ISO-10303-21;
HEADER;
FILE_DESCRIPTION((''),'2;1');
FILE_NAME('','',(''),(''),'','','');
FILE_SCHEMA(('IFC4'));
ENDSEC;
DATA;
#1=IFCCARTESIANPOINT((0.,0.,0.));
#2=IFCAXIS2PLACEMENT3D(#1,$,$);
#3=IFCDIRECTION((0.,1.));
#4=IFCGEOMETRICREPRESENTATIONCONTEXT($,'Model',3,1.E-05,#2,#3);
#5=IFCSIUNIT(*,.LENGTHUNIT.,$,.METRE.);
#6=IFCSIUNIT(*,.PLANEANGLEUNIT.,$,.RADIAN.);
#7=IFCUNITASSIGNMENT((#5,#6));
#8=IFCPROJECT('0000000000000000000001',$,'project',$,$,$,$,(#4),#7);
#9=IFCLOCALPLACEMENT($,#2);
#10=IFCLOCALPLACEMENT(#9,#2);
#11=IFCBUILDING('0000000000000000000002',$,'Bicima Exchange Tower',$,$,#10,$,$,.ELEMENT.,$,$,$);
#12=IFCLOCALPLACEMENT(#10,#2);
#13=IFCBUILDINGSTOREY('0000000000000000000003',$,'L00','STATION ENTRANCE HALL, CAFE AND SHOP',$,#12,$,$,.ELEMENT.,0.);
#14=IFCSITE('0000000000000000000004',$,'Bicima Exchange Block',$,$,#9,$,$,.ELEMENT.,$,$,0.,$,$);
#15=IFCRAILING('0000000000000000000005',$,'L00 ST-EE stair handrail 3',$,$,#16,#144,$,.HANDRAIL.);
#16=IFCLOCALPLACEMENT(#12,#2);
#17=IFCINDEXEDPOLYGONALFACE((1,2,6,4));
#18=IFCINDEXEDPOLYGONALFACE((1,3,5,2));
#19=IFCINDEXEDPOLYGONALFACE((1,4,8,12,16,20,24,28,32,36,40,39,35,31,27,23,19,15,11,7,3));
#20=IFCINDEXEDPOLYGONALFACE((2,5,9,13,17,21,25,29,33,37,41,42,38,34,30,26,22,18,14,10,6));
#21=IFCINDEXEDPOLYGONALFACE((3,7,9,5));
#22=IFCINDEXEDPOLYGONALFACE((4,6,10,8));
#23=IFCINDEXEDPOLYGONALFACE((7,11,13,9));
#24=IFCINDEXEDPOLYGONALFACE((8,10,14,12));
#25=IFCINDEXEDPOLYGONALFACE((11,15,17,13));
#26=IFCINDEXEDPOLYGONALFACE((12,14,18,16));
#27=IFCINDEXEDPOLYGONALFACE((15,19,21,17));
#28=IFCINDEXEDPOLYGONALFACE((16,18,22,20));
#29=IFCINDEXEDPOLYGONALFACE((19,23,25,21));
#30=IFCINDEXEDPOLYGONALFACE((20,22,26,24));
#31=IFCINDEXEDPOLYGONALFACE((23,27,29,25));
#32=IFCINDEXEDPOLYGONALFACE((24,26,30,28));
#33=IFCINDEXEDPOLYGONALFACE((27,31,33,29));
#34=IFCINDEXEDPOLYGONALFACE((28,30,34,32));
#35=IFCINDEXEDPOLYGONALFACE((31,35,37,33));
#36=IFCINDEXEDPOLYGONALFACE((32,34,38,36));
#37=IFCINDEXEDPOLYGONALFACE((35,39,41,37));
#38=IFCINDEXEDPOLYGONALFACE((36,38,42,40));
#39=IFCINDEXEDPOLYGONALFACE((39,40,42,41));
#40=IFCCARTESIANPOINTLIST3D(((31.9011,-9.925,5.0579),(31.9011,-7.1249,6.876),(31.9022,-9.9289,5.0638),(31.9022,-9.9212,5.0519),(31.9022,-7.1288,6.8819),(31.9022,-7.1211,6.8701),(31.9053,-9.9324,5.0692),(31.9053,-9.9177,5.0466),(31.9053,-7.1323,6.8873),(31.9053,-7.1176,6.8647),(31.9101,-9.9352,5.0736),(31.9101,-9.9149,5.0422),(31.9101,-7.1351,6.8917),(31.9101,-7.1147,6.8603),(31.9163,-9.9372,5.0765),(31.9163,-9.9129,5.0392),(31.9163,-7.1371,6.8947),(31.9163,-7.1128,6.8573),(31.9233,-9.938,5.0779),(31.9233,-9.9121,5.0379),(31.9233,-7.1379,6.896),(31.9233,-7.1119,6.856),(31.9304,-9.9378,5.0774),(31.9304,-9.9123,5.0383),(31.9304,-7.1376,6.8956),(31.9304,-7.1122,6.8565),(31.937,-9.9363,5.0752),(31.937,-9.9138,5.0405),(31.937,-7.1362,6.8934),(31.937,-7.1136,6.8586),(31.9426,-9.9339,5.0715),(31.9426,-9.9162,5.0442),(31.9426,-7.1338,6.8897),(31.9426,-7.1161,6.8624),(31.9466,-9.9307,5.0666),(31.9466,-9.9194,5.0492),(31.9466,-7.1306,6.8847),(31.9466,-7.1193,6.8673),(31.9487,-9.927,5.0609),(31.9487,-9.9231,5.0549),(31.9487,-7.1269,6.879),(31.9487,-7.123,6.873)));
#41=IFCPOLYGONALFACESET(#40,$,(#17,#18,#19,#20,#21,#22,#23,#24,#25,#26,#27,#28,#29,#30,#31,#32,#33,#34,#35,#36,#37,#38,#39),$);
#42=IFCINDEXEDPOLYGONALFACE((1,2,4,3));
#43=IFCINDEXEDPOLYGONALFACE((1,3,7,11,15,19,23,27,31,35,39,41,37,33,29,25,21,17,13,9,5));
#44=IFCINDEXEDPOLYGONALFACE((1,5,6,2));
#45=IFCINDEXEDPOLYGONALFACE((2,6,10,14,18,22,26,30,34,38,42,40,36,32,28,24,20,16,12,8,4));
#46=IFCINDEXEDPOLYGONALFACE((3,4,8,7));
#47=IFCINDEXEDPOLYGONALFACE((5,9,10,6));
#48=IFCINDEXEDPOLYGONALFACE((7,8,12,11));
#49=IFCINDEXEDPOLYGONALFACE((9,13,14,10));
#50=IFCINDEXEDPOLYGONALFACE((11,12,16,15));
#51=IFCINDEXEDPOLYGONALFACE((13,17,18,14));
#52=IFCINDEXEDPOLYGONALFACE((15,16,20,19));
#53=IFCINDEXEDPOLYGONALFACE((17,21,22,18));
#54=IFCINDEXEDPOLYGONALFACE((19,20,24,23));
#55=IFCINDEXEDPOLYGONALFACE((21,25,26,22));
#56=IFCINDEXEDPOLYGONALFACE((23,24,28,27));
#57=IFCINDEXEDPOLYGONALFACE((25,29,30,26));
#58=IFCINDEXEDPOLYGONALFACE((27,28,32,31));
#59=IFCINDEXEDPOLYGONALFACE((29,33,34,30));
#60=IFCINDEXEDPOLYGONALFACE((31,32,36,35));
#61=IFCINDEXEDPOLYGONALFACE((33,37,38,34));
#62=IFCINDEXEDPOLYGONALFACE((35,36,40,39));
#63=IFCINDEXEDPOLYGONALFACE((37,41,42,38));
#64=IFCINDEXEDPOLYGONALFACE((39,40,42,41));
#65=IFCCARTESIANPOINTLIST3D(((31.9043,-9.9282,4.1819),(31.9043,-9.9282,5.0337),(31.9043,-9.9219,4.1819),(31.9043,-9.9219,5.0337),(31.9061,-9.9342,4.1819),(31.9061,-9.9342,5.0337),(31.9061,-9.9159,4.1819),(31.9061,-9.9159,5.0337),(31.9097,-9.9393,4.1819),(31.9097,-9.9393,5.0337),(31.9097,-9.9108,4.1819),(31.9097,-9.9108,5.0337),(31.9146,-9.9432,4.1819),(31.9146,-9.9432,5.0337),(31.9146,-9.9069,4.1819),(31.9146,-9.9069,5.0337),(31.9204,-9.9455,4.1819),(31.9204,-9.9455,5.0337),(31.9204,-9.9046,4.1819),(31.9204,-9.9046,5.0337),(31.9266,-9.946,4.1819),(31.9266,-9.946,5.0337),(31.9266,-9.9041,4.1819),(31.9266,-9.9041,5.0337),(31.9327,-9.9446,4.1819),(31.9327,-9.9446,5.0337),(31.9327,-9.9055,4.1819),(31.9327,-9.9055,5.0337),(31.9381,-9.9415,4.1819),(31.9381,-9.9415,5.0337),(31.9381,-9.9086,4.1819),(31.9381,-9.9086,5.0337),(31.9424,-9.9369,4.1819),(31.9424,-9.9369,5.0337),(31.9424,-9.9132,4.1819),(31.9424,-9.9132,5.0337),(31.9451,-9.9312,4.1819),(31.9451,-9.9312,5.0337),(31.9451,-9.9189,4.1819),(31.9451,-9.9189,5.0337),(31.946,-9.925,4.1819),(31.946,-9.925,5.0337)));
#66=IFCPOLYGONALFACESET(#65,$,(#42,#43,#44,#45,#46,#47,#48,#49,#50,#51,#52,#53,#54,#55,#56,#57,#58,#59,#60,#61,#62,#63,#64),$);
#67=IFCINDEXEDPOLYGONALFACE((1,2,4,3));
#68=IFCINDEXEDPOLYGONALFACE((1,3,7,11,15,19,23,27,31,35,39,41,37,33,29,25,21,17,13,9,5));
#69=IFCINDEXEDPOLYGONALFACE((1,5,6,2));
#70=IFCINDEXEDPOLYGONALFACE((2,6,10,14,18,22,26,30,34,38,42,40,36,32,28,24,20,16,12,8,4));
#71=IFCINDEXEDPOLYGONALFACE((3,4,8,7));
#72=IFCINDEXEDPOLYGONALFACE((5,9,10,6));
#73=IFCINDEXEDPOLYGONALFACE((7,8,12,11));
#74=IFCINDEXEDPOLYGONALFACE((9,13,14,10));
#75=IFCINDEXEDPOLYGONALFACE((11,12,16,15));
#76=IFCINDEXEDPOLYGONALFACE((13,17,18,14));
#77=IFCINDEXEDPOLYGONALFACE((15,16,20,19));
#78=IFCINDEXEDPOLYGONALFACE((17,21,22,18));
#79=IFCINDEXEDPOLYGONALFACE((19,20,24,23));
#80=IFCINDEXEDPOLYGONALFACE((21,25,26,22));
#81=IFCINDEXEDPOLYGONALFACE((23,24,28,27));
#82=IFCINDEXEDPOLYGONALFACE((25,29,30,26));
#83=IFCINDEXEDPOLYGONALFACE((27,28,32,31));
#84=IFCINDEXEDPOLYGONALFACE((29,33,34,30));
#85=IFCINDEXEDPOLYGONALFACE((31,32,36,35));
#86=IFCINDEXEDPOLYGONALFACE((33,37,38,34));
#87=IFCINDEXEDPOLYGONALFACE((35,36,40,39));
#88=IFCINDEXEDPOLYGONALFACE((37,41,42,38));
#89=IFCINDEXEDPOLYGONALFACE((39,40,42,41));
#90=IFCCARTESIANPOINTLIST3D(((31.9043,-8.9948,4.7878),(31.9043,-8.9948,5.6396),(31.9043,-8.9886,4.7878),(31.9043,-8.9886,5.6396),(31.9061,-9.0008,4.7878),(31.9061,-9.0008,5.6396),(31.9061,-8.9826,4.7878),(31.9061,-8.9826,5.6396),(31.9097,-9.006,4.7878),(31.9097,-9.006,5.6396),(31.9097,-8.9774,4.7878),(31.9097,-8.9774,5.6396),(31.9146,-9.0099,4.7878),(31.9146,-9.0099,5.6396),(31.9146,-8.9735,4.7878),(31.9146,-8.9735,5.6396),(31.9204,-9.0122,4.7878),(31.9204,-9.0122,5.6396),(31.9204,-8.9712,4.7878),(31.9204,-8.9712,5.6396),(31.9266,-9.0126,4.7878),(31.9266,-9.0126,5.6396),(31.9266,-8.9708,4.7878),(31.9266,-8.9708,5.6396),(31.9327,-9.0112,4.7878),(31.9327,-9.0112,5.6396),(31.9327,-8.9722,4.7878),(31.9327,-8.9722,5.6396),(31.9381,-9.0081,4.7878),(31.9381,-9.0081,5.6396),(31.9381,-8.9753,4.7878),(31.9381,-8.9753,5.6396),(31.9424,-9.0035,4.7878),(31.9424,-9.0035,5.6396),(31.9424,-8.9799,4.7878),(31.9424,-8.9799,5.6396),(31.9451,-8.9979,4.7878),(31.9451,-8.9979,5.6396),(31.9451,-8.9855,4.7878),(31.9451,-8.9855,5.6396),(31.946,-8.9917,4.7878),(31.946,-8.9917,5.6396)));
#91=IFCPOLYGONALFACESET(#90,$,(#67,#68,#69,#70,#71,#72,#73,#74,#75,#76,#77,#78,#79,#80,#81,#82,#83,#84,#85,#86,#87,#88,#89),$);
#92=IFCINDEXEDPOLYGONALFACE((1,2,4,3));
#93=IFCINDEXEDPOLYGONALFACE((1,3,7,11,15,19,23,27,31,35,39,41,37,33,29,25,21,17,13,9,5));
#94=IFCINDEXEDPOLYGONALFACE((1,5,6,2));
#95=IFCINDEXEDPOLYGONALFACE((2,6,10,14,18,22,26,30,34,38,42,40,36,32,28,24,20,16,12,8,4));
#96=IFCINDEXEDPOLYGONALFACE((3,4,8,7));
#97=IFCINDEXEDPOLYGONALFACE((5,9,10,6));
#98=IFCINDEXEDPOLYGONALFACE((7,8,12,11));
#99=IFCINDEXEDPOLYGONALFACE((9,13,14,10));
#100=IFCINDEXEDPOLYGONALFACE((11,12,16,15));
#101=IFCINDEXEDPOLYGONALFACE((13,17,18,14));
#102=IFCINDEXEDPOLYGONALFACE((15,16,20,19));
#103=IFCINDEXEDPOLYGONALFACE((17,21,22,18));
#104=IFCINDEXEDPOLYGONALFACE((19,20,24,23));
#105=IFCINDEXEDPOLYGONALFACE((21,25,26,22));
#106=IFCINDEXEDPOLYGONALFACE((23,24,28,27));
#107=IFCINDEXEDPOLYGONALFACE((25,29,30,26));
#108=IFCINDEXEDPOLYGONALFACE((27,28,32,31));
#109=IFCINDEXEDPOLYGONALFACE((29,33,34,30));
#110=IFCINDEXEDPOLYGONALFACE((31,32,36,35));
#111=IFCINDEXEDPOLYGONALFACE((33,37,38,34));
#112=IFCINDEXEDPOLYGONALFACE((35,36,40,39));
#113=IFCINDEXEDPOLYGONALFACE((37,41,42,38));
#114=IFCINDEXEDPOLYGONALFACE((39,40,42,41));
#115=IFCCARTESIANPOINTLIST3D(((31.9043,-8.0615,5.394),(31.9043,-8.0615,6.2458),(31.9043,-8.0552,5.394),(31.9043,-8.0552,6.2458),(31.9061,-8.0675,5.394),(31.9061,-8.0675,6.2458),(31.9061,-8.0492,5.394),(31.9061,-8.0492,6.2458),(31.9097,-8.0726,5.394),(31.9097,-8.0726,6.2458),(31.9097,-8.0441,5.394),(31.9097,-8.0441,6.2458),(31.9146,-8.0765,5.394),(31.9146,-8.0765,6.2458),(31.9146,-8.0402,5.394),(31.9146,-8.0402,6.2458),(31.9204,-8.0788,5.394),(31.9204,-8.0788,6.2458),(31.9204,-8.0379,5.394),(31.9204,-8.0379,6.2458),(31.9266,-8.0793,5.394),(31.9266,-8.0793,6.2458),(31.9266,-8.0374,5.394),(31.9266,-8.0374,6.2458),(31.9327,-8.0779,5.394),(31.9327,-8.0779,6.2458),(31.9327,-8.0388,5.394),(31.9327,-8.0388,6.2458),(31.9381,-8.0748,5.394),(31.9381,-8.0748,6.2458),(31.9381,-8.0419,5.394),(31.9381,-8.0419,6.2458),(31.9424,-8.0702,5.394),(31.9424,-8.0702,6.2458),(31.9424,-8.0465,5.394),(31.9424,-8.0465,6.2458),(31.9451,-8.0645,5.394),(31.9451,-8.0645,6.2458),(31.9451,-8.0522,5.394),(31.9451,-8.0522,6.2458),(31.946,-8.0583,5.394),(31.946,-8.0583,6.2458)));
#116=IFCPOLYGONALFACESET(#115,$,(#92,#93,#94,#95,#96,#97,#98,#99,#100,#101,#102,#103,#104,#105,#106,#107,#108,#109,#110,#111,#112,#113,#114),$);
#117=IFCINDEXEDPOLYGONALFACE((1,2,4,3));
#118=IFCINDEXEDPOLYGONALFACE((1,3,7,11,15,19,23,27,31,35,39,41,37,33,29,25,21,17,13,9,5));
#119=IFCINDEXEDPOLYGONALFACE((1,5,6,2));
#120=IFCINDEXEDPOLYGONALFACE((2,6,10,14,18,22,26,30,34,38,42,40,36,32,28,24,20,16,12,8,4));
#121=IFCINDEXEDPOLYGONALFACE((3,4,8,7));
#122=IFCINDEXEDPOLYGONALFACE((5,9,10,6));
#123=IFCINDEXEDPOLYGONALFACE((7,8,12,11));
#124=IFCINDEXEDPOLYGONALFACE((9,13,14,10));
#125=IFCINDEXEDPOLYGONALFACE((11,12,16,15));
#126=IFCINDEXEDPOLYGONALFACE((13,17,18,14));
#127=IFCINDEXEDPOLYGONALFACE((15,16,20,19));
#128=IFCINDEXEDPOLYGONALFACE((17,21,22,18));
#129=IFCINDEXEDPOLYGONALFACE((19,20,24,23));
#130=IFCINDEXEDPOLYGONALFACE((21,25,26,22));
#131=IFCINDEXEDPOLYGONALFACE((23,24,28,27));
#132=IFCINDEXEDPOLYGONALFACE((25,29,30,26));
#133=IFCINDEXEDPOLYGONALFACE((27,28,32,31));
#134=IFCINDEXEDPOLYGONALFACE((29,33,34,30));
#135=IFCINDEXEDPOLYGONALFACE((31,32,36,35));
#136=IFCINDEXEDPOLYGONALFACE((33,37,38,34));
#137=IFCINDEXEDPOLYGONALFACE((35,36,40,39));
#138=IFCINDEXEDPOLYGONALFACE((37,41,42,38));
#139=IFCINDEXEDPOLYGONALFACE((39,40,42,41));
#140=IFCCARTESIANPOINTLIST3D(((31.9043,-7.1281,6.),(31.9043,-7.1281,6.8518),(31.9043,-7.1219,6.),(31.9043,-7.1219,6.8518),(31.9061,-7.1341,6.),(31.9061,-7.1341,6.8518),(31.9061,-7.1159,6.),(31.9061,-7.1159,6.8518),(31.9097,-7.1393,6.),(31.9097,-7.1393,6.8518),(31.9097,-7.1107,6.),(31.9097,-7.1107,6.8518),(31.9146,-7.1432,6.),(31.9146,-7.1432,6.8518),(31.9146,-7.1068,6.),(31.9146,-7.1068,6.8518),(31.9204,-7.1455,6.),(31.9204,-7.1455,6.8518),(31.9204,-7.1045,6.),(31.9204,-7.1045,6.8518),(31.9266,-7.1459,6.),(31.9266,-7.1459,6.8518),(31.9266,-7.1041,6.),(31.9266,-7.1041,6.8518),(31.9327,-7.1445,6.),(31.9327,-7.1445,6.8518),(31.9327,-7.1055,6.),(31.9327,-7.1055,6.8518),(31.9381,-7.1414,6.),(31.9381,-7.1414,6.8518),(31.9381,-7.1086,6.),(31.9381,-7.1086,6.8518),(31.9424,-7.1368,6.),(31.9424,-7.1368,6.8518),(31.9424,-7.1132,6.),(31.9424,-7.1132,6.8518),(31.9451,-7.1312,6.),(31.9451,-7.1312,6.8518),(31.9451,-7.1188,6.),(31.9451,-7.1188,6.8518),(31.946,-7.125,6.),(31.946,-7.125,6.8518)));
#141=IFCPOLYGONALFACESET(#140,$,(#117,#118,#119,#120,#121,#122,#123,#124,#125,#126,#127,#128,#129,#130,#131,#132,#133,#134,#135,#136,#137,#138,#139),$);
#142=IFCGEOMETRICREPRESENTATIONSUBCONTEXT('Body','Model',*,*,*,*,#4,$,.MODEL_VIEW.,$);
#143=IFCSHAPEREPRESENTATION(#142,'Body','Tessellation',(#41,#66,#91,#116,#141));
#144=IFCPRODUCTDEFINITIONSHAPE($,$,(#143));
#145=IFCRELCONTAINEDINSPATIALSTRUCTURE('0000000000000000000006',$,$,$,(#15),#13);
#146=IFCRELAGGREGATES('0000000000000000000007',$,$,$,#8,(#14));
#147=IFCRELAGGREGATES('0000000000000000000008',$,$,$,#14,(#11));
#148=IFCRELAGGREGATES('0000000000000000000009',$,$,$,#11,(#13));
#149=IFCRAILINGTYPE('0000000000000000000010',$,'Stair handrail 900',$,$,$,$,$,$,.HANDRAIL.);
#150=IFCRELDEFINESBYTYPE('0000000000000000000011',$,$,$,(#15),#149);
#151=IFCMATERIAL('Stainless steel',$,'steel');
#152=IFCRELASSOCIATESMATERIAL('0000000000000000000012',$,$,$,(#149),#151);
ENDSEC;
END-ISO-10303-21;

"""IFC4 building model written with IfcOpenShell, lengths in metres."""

from ifc_helpers import new_model, si_unit, direction, frame, origin, origin_2d, place, context, subcontext, project, spatial, circle, extrude, material, type_object, element, save


model = new_model("IFC4")

# Units and contexts
model_context = context("Model", 3, precision=1e-05, world=origin(), true_north=direction((0.0, 1.0)))
body_context = subcontext(model_context, "Body", "Model", "MODEL_VIEW")
ifc_project = project(units=[si_unit("LENGTHUNIT", "METRE"), si_unit("PLANEANGLEUNIT", "RADIAN")], contexts=[model_context])

# Site, building, storey
site_placement = place(None, origin())
site = spatial("IfcSite", under=ifc_project, at=site_placement, Name="Bicima Exchange Block", CompositionType="ELEMENT", RefElevation=0.0)
building_placement = place(site_placement, origin())
building = spatial("IfcBuilding", under=site, at=building_placement, Name="Bicima Exchange Tower", CompositionType="ELEMENT")
storey_placement = place(building_placement, origin())
storey = spatial("IfcBuildingStorey", under=building, at=storey_placement, Name="L00", Description="STATION ENTRANCE HALL, CAFE AND SHOP", CompositionType="ELEMENT", Elevation=0.0)

# Railing
ifc_material_1 = material(Name="Stainless steel", Category="steel")
railing_type = type_object("IfcRailingType", Name="Stair handrail 900", PredefinedType="HANDRAIL", material=ifc_material_1)
railing_1_placement = place(storey_placement, frame((31.925, -9.925, 4.1819)))
element("IfcRailing", 1, at=railing_1_placement, inside=storey, type_object=railing_type, Name="L00 ST-EE stair handrail 3", PredefinedType="HANDRAIL", context=body_context, shape_type="SweptSolid", body=[
    extrude(circle(Radius=0.0239, at=origin_2d()), frame((0.0, 0.0, 0.876), z_axis=(0.0, 0.838706, 0.544585), x_axis=(-1.0, 0.0, 0.0)), (0.0, 0.0, 1.0), 3.3386),
    extrude(circle(Radius=0.021, at=origin_2d()), origin(), (0.0, 0.0, 1.0), 0.8518),
    extrude(circle(Radius=0.021, at=origin_2d()), frame((0.0, 0.9333, 0.606)), (0.0, 0.0, 1.0), 0.8518),
    extrude(circle(Radius=0.021, at=origin_2d()), frame((0.0, 1.8667, 1.2122)), (0.0, 0.0, 1.0), 0.8518),
    extrude(circle(Radius=0.021, at=origin_2d()), frame((0.0, 2.8, 1.8181)), (0.0, 0.0, 1.0), 0.8518),
])

save(model, "model.ifc")
